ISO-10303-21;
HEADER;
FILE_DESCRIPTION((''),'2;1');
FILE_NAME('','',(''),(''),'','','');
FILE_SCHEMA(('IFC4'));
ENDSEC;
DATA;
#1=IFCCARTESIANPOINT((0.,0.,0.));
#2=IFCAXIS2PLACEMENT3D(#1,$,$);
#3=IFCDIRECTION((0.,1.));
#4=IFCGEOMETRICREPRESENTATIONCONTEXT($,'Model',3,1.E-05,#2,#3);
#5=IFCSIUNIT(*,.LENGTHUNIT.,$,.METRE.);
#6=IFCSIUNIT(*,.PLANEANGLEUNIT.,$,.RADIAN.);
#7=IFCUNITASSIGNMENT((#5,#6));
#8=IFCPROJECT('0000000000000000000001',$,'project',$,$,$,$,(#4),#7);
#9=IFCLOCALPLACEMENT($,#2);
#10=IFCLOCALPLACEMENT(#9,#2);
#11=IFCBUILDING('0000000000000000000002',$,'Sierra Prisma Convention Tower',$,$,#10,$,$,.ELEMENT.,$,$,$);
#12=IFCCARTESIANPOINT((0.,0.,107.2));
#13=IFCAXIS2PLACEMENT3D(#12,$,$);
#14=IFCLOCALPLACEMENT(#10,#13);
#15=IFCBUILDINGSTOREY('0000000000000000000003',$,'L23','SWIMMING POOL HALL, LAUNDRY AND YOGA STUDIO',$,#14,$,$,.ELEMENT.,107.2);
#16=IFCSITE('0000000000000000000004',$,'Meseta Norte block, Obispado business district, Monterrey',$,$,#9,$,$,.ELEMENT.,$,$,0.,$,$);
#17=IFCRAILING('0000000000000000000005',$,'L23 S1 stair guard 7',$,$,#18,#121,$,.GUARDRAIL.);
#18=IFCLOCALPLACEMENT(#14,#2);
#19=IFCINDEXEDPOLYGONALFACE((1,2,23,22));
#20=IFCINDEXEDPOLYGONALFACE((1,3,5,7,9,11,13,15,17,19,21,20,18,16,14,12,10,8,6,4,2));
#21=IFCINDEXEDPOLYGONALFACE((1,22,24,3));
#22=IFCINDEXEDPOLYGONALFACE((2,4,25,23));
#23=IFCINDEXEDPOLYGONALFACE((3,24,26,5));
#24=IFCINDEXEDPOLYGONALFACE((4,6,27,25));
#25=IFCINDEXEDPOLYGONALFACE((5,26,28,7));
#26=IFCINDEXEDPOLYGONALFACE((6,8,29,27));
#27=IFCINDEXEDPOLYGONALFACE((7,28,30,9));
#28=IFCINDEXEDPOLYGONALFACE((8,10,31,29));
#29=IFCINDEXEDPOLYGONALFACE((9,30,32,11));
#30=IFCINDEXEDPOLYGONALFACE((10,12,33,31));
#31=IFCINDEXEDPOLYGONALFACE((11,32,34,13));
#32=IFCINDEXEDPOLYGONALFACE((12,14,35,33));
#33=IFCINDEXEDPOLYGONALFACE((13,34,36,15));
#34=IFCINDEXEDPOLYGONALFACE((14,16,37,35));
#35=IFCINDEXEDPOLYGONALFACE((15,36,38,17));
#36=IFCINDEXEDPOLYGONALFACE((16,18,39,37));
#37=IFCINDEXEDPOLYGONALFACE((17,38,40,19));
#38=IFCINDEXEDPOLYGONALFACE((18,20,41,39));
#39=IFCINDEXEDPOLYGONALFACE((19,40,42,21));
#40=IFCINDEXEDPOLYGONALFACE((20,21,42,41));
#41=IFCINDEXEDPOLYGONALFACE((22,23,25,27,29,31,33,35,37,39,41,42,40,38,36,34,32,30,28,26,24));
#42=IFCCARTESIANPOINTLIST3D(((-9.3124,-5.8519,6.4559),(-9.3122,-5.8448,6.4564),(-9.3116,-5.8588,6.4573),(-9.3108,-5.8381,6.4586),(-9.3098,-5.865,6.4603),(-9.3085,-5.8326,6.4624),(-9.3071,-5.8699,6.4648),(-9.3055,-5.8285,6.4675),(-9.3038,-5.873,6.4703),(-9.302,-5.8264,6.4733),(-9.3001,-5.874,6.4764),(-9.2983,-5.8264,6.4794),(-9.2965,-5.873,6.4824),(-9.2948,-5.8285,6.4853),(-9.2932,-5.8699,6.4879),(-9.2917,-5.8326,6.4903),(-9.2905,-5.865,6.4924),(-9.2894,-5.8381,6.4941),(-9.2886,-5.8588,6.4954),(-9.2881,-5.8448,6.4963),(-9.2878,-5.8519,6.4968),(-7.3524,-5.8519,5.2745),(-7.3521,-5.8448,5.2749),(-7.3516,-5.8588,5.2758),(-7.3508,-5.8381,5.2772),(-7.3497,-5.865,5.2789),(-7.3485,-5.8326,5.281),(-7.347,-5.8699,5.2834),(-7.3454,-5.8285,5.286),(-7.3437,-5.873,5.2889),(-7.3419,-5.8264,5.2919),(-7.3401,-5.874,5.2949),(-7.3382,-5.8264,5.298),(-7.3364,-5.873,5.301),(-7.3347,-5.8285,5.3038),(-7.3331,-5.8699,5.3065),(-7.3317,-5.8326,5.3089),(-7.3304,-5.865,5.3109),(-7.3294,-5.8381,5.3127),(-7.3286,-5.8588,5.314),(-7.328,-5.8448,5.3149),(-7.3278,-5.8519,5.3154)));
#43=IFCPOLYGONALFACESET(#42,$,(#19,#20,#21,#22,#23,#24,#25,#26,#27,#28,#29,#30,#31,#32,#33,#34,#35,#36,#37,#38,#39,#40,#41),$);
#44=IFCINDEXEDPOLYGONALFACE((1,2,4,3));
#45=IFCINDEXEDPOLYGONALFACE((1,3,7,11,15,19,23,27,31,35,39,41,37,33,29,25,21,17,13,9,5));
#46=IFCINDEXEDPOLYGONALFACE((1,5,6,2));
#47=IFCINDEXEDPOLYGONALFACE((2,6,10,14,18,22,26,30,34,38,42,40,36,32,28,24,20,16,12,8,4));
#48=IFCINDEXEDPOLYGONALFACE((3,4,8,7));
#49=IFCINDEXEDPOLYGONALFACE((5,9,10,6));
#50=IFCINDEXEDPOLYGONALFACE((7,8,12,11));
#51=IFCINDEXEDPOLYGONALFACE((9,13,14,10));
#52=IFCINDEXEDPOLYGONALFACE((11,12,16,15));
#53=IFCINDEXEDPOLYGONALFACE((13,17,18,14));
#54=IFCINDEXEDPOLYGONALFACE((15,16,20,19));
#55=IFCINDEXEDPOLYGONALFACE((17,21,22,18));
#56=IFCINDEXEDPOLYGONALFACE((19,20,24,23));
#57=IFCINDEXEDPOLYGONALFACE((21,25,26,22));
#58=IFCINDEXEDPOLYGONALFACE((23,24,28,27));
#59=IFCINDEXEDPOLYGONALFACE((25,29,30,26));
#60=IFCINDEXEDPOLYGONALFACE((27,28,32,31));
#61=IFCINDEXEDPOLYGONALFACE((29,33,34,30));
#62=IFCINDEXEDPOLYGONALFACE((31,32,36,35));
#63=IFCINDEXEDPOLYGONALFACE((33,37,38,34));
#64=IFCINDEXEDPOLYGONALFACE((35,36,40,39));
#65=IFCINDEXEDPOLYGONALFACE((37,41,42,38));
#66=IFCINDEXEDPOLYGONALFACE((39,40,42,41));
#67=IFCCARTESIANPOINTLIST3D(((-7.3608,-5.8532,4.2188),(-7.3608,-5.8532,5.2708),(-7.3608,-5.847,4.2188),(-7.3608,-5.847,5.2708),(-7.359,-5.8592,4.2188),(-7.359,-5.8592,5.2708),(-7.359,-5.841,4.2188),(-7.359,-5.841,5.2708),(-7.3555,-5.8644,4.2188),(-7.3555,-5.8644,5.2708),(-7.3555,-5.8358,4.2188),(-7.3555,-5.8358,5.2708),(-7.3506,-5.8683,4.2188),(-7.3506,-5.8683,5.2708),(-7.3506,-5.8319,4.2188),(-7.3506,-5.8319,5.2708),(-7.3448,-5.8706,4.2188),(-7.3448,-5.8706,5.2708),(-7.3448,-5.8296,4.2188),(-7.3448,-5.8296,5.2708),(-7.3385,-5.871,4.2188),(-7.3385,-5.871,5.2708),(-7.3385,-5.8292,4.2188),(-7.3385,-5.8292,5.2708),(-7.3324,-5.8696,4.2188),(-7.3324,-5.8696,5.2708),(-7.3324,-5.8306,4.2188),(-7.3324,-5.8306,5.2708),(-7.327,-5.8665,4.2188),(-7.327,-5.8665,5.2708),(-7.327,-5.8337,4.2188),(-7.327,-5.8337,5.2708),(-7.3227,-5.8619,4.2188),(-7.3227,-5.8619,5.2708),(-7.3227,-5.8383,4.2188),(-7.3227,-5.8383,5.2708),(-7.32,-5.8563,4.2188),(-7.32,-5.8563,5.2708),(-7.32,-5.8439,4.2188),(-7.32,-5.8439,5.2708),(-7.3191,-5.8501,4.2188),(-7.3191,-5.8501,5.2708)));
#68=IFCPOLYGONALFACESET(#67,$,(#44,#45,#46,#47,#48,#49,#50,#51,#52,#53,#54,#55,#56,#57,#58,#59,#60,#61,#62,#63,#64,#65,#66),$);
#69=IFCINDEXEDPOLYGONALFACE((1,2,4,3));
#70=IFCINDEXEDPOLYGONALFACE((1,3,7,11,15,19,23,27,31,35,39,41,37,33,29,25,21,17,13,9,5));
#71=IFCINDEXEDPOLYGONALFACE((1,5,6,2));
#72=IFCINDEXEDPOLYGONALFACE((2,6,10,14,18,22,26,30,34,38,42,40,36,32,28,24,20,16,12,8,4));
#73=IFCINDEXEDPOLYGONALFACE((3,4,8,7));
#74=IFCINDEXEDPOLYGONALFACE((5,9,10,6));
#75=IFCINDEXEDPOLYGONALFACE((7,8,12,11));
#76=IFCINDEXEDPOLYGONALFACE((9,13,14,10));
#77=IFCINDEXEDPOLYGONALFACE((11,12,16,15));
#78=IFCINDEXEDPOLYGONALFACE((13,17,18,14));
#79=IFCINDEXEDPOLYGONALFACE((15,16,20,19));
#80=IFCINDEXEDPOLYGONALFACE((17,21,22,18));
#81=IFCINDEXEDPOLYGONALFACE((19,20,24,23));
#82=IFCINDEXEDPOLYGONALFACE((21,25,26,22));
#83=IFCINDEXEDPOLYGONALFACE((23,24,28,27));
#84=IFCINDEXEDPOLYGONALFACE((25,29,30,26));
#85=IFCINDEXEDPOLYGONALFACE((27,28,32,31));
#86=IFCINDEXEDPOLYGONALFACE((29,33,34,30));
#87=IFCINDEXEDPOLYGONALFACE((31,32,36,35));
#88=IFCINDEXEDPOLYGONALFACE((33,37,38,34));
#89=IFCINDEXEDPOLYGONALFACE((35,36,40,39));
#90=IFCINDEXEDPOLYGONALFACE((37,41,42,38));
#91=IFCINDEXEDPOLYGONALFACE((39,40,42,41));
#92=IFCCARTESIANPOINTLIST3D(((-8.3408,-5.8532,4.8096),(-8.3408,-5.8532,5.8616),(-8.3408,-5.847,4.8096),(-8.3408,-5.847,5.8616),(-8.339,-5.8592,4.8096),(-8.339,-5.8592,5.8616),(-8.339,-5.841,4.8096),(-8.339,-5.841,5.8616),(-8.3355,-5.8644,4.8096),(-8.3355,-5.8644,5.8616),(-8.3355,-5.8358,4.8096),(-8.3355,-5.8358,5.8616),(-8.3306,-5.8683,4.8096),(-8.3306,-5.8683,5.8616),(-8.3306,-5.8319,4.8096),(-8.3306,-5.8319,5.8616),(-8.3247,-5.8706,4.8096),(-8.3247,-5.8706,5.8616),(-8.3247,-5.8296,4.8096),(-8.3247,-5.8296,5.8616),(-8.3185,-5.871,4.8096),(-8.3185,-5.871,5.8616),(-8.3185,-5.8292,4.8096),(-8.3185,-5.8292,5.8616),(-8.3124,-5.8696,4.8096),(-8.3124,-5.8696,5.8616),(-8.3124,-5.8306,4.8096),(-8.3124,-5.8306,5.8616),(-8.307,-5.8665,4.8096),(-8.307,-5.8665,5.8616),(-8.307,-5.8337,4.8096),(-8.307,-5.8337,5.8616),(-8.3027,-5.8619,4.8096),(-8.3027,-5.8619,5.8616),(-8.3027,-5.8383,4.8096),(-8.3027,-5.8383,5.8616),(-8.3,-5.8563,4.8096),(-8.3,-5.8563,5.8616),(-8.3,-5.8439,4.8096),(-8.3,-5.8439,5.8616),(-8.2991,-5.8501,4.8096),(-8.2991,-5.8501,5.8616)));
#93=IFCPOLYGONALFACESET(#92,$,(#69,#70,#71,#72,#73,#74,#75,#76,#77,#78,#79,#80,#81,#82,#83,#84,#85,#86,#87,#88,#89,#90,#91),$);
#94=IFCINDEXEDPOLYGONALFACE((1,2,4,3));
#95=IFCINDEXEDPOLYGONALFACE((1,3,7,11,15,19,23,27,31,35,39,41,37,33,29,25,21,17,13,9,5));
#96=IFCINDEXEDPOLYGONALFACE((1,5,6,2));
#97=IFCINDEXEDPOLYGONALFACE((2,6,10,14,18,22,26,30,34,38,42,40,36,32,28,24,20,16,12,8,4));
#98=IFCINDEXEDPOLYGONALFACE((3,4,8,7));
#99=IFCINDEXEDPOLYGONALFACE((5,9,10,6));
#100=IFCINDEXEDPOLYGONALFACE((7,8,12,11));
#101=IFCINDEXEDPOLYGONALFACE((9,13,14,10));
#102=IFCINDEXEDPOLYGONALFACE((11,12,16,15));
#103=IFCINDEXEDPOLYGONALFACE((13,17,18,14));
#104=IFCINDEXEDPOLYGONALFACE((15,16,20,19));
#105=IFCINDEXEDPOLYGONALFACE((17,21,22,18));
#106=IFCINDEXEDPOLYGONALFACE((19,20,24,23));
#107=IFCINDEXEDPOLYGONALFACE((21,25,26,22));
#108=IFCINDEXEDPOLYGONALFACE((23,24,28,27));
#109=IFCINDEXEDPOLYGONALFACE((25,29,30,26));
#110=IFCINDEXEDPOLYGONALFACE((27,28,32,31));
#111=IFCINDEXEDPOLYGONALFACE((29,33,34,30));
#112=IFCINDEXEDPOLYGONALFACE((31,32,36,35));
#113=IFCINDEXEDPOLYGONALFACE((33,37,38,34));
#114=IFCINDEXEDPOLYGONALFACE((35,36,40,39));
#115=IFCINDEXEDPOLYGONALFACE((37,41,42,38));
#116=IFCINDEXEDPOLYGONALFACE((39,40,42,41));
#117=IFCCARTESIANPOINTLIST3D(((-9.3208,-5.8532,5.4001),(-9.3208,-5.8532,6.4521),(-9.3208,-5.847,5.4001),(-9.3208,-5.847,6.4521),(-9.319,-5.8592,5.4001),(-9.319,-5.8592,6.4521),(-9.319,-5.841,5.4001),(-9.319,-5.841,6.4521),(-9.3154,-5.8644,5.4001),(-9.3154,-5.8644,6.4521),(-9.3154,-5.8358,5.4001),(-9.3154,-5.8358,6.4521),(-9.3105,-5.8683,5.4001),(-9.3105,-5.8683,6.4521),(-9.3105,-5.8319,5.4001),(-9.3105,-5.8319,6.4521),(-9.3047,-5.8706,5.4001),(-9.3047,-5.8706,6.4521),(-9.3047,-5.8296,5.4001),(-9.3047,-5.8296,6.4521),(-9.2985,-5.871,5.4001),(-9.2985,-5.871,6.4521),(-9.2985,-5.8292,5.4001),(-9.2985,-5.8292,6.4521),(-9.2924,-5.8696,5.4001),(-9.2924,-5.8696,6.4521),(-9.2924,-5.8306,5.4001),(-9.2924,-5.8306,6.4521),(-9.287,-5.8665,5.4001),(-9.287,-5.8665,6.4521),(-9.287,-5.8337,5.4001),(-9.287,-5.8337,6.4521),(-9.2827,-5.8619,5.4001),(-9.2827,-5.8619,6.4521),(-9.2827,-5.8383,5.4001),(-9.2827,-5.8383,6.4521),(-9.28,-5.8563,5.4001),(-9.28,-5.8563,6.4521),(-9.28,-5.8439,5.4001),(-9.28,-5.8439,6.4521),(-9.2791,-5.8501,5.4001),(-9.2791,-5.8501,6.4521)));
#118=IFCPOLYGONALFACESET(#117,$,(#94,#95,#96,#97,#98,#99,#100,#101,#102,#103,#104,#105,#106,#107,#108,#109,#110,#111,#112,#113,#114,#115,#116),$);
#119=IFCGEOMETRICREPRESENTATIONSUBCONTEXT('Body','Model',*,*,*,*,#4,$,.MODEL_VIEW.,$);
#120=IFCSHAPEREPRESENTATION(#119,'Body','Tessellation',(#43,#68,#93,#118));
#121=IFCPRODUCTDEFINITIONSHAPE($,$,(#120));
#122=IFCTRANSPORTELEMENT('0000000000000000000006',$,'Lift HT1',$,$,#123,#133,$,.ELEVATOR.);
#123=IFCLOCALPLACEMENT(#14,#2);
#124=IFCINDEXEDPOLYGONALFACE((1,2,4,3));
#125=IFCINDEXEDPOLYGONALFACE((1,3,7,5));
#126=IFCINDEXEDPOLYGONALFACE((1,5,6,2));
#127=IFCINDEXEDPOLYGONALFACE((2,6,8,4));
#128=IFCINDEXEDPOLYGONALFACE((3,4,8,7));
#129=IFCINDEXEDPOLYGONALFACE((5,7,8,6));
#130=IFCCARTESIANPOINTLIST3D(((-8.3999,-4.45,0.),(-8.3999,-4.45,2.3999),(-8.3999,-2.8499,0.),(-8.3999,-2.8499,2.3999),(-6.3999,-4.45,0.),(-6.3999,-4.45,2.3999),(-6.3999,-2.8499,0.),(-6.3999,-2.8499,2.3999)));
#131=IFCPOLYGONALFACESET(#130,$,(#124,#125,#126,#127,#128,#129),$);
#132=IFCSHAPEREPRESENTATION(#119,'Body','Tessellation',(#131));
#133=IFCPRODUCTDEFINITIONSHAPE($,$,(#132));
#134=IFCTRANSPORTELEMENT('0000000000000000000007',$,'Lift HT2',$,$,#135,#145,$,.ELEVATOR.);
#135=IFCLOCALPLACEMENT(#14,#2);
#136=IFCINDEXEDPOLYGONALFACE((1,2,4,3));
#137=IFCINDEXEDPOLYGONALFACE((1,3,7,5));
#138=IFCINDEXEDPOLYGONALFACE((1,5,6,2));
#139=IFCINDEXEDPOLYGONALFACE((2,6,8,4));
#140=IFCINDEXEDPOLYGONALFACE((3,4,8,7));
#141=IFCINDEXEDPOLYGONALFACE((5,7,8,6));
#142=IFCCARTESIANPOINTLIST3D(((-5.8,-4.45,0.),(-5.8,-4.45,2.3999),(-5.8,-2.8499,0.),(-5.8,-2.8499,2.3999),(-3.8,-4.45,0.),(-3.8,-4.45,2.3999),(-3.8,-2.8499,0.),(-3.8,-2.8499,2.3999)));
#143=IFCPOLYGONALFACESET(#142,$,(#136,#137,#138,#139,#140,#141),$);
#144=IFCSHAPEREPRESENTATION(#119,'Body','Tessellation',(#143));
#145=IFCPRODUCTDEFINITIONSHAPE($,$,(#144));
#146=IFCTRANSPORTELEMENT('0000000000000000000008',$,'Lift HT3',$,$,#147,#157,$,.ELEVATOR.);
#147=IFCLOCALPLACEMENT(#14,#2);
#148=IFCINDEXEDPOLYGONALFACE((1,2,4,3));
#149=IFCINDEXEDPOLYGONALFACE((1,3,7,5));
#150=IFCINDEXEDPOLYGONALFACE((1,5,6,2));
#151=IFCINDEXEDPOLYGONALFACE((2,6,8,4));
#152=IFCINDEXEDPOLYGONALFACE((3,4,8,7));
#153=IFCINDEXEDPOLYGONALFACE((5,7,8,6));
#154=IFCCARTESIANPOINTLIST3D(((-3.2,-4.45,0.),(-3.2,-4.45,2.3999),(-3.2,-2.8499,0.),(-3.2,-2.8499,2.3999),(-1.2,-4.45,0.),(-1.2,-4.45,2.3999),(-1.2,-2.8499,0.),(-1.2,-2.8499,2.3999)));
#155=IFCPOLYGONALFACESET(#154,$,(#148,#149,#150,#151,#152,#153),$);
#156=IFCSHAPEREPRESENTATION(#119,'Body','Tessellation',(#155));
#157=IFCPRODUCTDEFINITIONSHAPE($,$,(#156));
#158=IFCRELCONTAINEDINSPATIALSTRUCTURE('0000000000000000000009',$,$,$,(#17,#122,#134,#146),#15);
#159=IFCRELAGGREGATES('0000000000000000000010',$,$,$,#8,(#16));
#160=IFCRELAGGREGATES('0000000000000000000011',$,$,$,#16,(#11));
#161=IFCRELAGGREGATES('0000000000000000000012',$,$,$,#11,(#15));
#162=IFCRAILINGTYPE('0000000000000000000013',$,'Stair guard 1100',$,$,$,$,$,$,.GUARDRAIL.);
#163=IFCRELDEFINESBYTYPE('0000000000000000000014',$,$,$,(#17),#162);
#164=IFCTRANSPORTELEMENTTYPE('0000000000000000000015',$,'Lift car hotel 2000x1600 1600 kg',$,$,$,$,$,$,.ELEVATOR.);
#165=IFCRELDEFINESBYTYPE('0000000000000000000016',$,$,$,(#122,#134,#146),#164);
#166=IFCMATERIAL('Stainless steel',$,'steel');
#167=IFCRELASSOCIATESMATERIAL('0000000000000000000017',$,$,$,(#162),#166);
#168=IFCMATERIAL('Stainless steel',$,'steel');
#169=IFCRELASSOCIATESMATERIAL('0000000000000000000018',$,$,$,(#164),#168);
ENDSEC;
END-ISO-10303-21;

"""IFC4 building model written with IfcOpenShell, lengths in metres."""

from ifc_helpers import new_model, si_unit, direction, frame, origin, origin_2d, place, context, subcontext, project, spatial, rectangle, circle, extrude, material, type_object, element, save


model = new_model("IFC4")

# Units and contexts
model_context = context("Model", 3, precision=1e-05, world=origin(), true_north=direction((0.0, 1.0)))
body_context = subcontext(model_context, "Body", "Model", "MODEL_VIEW")
ifc_project = project(units=[si_unit("LENGTHUNIT", "METRE"), si_unit("PLANEANGLEUNIT", "RADIAN")], contexts=[model_context])

# Site, building, storey
site_placement = place(None, origin())
site = spatial("IfcSite", under=ifc_project, at=site_placement, Name="Meseta Norte block, Obispado business district, Monterrey", CompositionType="ELEMENT", RefElevation=0.0)
building_placement = place(site_placement, origin())
building = spatial("IfcBuilding", under=site, at=building_placement, Name="Sierra Prisma Convention Tower", CompositionType="ELEMENT")
storey_placement = place(building_placement, frame((0.0, 0.0, 107.2)))
storey = spatial("IfcBuildingStorey", under=building, at=storey_placement, Name="L23", Description="SWIMMING POOL HALL, LAUNDRY AND YOGA STUDIO", CompositionType="ELEMENT", Elevation=107.2)

# Railing
ifc_material_1 = material(Name="Stainless steel", Category="steel")
railing_type_1 = type_object("IfcRailingType", Name="Stair guard 1100", PredefinedType="GUARDRAIL", material=ifc_material_1)
railing_1_placement = place(storey_placement, frame((-7.3401, -5.8501, 4.2188)))
element("IfcRailing", 1, at=railing_1_placement, inside=storey, type_object=railing_type_1, Name="L23 S1 stair guard 7", PredefinedType="GUARDRAIL", context=body_context, shape_type="SweptSolid", body=[
    extrude(circle(Radius=0.0239, at=origin_2d()), frame((0.0, 0.0, 1.0762), z_axis=(-0.856446, 0.0, 0.516236), x_axis=(0.0, -1.0, 0.0)), (0.0, 0.0, 1.0), 2.2886),
    extrude(circle(Radius=0.021, at=origin_2d()), origin(), (0.0, 0.0, 1.0), 1.052),
    extrude(circle(Radius=0.021, at=origin_2d()), frame((-0.98, 0.0, 0.5908)), (0.0, 0.0, 1.0), 1.052),
    extrude(circle(Radius=0.021, at=origin_2d()), frame((-1.96, 0.0, 1.1814)), (0.0, 0.0, 1.0), 1.052),
])

# Transport elements
ifc_material_2 = material(Name="Stainless steel", Category="steel")
transport_element_type = type_object("IfcTransportElementType", Name="Lift car hotel 2000x1600 1600 kg", PredefinedType="ELEVATOR", material=ifc_material_2)
for number, where, z_axis, x_axis, name in (
    (2, (-7.3999, -3.6499, 0.0), (0.0, 0.0, 1.0), (1.0, 0.0, 0.0), "Lift HT1"),
    (3, (-4.8, -3.6499, 0.0), (0.0, 0.0, 1.0), (1.0, 0.0, 0.0), "Lift HT2"),
    (4, (-2.2, -3.6499, 0.0), (0.0, 0.0, 1.0), (1.0, 0.0, 0.0), "Lift HT3"),
):
    element("IfcTransportElement", number, at=place(storey_placement, frame(where, z_axis=z_axis, x_axis=x_axis)), inside=storey, type_object=transport_element_type, Name=name, PredefinedType="ELEVATOR", context=body_context, shape_type="SweptSolid", body=[
        extrude(rectangle(XDim=2.0, YDim=1.6001, at=origin_2d()), origin(), (0.0, 0.0, 1.0), 2.3999),
    ])

save(model, "model.ifc")
